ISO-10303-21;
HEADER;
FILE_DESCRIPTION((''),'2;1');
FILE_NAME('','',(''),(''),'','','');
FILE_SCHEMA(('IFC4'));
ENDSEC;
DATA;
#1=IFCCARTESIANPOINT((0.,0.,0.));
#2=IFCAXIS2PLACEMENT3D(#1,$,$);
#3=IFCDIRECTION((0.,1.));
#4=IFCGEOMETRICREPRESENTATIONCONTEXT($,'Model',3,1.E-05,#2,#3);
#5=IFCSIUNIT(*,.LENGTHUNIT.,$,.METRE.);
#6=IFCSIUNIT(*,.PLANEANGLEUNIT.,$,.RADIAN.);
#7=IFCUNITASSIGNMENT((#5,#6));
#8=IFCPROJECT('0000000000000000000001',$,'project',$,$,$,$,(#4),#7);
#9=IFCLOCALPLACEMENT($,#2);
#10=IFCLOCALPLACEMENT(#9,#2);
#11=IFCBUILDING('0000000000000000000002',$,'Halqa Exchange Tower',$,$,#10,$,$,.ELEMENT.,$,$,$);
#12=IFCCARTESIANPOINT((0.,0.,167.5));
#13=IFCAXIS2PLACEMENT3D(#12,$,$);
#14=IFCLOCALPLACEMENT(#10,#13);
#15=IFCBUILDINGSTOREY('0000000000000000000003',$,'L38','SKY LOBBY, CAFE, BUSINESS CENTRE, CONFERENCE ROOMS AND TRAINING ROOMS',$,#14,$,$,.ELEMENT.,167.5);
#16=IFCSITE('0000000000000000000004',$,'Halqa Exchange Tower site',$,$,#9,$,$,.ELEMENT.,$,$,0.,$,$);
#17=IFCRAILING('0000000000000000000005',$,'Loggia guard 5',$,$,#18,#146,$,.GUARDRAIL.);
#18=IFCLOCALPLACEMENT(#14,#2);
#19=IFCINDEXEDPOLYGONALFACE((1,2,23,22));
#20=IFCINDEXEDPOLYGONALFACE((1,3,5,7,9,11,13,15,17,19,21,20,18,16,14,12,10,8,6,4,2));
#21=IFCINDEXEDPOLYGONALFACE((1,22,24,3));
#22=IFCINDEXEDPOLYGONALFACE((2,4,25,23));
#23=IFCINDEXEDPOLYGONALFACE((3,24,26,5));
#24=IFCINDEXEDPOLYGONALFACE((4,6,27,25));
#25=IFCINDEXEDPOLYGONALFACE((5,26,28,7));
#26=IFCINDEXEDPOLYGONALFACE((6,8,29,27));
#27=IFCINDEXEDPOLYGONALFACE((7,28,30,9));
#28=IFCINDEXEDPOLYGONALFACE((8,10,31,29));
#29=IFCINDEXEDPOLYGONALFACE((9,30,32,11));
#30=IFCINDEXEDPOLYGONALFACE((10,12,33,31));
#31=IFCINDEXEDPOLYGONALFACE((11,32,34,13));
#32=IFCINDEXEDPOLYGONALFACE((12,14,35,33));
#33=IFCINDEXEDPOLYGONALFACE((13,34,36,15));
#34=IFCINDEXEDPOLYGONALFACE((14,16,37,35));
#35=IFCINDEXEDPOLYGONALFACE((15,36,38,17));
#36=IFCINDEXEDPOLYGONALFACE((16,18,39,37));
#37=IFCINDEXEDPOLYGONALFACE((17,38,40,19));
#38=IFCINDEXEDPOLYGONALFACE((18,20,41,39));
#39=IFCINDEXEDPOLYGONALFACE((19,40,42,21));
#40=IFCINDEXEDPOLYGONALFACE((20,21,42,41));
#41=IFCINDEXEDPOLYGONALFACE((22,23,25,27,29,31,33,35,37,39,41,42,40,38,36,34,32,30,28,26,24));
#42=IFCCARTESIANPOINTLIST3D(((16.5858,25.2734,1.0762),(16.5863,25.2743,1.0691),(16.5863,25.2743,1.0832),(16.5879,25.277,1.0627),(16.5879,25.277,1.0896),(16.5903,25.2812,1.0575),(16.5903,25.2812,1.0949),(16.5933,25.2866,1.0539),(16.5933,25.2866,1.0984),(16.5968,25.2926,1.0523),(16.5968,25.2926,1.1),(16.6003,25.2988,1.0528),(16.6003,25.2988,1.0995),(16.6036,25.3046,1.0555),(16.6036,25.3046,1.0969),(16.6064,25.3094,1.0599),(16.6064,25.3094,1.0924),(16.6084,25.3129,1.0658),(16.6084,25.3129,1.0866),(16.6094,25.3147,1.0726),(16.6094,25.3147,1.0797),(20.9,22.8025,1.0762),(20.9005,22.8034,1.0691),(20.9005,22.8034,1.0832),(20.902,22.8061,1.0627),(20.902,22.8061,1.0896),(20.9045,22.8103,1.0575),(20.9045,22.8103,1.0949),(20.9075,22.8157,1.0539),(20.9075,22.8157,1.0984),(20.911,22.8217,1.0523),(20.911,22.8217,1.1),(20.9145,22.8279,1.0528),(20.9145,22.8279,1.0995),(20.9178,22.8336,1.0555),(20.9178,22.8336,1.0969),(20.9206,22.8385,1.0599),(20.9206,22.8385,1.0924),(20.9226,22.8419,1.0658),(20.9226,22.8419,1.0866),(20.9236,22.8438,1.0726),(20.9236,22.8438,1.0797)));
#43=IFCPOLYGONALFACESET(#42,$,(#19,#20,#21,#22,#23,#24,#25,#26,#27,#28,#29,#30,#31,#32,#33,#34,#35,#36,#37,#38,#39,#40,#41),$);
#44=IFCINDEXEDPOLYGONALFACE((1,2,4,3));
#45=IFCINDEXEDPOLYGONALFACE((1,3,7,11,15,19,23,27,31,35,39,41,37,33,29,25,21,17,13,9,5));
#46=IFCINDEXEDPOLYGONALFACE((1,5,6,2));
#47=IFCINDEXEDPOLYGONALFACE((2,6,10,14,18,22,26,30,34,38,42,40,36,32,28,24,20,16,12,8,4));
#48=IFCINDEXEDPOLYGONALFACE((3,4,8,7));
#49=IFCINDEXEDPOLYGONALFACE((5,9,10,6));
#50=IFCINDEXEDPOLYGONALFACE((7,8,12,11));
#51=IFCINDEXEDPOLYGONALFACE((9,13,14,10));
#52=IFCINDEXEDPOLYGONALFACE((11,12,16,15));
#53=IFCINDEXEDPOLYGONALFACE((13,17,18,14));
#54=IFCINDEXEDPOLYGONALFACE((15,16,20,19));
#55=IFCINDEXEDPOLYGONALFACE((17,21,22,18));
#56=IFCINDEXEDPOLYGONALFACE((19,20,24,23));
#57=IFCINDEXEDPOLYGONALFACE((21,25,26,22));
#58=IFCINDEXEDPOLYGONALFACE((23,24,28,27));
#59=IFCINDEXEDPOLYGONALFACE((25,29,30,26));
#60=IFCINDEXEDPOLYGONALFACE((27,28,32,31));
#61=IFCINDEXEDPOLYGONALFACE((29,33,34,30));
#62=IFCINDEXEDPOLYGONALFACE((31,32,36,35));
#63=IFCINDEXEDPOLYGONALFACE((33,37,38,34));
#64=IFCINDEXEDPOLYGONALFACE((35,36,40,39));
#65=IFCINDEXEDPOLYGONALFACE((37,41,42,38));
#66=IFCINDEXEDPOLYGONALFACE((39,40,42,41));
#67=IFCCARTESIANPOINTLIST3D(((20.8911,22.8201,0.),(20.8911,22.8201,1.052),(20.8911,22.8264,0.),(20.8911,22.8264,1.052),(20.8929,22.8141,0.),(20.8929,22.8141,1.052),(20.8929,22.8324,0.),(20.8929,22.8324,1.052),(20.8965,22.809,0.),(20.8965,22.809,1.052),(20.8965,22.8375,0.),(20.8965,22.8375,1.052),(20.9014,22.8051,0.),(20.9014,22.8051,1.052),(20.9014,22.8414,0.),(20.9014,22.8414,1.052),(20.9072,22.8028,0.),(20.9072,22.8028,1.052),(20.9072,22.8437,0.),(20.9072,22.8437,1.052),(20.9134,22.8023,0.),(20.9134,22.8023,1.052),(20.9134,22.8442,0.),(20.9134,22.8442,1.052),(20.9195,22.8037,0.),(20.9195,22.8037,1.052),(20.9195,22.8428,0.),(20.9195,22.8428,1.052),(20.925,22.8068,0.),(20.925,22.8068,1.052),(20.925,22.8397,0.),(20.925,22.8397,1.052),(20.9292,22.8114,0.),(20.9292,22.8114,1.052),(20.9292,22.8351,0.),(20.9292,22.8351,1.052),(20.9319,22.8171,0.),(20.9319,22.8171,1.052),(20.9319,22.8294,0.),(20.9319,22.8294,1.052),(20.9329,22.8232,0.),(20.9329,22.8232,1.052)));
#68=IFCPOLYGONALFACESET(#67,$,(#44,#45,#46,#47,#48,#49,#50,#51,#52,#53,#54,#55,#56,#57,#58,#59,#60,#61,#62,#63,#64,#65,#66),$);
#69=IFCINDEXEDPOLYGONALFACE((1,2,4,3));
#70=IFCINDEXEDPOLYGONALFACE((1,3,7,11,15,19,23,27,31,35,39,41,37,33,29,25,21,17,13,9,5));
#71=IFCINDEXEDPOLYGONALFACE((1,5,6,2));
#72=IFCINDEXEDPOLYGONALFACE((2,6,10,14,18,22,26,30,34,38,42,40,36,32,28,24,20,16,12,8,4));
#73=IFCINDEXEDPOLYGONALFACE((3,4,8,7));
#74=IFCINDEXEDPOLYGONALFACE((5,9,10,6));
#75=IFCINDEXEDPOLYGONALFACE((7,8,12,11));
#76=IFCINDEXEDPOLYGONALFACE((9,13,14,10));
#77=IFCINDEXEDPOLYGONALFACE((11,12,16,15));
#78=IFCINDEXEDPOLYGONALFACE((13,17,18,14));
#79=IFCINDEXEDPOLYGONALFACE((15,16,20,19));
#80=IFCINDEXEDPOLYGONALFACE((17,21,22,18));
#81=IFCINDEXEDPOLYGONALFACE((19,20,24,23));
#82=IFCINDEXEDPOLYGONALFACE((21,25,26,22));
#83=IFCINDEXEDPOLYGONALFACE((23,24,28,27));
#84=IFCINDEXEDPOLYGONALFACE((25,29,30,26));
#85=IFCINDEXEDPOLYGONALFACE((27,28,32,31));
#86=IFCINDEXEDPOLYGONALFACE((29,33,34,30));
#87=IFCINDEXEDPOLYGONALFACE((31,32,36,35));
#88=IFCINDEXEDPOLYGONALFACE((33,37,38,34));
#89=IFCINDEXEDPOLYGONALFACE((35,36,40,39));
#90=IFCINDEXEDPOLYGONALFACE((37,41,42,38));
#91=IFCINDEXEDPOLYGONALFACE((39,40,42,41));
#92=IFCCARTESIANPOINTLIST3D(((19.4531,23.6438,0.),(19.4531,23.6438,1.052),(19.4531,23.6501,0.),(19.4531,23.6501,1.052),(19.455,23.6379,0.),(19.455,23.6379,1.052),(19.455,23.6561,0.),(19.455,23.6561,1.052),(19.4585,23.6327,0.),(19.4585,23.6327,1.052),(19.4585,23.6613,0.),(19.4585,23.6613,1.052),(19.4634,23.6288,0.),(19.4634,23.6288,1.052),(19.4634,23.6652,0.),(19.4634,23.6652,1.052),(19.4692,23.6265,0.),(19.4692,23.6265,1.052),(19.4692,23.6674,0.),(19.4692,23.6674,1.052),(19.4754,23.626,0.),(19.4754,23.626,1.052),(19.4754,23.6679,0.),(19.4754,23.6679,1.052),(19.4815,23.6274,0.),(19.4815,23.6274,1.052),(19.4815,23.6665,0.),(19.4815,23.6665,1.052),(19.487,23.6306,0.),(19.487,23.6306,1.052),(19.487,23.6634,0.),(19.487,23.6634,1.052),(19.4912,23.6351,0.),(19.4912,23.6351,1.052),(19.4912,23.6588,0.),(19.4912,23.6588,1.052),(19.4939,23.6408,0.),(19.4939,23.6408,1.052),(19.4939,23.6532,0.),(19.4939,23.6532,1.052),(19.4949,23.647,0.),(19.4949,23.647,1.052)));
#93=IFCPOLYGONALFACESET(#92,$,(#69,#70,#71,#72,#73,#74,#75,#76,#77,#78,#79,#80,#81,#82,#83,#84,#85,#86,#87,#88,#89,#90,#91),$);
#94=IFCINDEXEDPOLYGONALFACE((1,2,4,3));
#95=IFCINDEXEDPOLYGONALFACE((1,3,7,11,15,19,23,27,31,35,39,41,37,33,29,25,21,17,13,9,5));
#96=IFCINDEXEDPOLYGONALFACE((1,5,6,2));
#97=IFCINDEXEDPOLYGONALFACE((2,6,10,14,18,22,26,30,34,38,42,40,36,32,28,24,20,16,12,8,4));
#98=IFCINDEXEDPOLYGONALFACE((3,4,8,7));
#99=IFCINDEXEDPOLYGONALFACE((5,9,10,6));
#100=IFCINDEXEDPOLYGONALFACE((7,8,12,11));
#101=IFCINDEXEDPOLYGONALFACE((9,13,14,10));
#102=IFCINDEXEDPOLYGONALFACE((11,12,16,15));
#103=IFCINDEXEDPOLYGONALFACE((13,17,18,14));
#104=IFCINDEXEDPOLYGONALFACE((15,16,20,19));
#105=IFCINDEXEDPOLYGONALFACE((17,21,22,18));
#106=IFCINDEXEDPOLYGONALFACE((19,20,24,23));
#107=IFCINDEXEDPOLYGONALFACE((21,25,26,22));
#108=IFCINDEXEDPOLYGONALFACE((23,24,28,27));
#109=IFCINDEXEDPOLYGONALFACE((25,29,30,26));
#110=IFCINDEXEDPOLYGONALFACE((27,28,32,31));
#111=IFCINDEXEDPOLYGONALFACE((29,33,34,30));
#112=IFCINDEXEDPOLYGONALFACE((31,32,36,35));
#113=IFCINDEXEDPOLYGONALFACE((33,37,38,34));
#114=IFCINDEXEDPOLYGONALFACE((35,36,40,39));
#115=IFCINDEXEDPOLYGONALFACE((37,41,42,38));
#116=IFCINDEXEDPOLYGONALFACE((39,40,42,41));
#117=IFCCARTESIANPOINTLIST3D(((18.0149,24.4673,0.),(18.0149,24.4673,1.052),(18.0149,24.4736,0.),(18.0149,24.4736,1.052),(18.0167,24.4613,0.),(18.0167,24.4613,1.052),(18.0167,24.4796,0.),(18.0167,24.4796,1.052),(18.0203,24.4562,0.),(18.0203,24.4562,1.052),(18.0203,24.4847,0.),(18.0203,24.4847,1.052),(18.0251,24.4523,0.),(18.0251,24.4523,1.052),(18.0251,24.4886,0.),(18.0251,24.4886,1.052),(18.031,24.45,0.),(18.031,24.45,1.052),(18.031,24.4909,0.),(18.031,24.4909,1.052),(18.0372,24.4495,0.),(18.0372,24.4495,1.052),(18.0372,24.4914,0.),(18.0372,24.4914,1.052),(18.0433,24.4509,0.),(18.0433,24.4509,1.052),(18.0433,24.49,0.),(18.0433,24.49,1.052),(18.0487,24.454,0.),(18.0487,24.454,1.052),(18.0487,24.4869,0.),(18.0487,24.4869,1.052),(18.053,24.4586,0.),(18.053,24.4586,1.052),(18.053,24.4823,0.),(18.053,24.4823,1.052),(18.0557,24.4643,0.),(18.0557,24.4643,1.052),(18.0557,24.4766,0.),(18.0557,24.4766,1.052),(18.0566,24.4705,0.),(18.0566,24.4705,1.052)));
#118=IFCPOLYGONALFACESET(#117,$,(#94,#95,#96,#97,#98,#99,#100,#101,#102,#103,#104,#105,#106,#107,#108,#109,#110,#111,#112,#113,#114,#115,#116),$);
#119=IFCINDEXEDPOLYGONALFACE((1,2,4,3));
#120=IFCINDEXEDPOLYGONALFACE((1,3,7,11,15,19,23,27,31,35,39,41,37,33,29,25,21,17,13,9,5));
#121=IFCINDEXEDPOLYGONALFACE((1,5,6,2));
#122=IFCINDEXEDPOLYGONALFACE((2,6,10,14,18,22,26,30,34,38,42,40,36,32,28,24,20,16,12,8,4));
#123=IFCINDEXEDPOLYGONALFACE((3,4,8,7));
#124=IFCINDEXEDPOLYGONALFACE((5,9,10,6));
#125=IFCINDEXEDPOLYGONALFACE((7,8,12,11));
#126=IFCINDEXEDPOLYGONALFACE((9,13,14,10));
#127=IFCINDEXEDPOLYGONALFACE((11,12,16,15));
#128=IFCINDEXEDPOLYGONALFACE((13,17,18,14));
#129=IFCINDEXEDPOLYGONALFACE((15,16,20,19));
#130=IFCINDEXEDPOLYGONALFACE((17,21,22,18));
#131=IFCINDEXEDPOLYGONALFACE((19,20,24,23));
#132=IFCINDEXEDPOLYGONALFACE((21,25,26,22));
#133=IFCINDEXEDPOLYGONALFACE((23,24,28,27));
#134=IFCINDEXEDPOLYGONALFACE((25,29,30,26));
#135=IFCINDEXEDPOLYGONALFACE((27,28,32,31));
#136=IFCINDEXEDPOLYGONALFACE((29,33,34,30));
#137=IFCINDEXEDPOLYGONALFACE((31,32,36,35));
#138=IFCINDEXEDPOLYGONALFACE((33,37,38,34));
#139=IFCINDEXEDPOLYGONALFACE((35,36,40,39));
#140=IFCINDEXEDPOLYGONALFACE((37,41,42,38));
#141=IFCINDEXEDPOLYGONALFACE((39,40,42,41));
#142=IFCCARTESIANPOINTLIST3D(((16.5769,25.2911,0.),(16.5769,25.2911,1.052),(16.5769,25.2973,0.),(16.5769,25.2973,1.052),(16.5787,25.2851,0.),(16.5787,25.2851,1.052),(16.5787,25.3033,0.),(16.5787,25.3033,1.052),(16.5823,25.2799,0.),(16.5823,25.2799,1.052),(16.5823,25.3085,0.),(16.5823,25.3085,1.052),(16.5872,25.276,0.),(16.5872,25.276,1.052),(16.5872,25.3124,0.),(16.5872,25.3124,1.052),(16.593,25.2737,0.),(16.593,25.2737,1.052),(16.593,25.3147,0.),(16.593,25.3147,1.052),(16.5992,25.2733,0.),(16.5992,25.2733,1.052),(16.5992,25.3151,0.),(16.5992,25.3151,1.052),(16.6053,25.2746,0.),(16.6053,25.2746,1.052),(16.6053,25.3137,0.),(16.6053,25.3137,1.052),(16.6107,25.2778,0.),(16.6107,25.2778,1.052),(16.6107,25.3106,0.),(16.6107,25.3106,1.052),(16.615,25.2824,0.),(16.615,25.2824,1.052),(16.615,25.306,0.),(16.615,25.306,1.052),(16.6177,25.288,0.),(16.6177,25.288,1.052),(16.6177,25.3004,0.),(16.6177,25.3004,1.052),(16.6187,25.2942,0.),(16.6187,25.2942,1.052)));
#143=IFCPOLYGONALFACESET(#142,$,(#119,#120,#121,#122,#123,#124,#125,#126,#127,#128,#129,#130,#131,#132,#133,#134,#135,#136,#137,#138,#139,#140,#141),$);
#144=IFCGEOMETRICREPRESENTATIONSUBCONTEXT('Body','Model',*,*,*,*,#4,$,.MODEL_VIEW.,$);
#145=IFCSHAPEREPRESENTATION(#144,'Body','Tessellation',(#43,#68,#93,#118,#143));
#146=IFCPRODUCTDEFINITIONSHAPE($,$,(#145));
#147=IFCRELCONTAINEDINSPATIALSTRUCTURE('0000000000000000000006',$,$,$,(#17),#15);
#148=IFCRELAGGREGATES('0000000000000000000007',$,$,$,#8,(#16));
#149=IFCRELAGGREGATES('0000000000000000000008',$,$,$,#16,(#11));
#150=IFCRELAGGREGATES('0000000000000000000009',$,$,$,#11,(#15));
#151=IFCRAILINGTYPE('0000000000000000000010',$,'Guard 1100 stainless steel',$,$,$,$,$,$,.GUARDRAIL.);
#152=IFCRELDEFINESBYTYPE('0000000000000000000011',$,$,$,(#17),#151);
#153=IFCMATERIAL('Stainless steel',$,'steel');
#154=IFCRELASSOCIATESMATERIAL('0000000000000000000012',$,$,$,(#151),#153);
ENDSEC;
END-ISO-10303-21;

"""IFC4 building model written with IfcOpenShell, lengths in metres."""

from ifc_helpers import new_model, si_unit, direction, frame, origin, origin_2d, place, context, subcontext, project, spatial, circle, extrude, material, type_object, element, save


model = new_model("IFC4")

# Units and contexts
model_context = context("Model", 3, precision=1e-05, world=origin(), true_north=direction((0.0, 1.0)))
body_context = subcontext(model_context, "Body", "Model", "MODEL_VIEW")
ifc_project = project(units=[si_unit("LENGTHUNIT", "METRE"), si_unit("PLANEANGLEUNIT", "RADIAN")], contexts=[model_context])

# Site, building, storey
site_placement = place(None, origin())
site = spatial("IfcSite", under=ifc_project, at=site_placement, Name="Halqa Exchange Tower site", CompositionType="ELEMENT", RefElevation=0.0)
building_placement = place(site_placement, origin())
building = spatial("IfcBuilding", under=site, at=building_placement, Name="Halqa Exchange Tower", CompositionType="ELEMENT")
storey_placement = place(building_placement, frame((0.0, 0.0, 167.5)))
storey = spatial("IfcBuildingStorey", under=building, at=storey_placement, Name="L38", Description="SKY LOBBY, CAFE, BUSINESS CENTRE, CONFERENCE ROOMS AND TRAINING ROOMS", CompositionType="ELEMENT", Elevation=167.5)

# Railing
ifc_material_1 = material(Name="Stainless steel", Category="steel")
railing_type = type_object("IfcRailingType", Name="Guard 1100 stainless steel", PredefinedType="GUARDRAIL", material=ifc_material_1)
railing_placement = place(storey_placement, frame((20.9119, 22.8232, 0.0)))
element("IfcRailing", 1, at=railing_placement, inside=storey, type_object=railing_type, Name="Loggia guard 5", PredefinedType="GUARDRAIL", context=body_context, shape_type="SweptSolid", body=[
    extrude(circle(Radius=0.0239, at=origin_2d()), frame((0.0, 0.0, 1.0762), z_axis=(-0.86775, 0.497001, 0.0), x_axis=(-0.497001, -0.86775, 0.0)), (0.0, 0.0, 1.0), 4.9717),
    extrude(circle(Radius=0.021, at=origin_2d()), origin(), (0.0, 0.0, 1.0), 1.052),
    extrude(circle(Radius=0.021, at=origin_2d()), frame((-1.438, 0.8237, 0.0)), (0.0, 0.0, 1.0), 1.052),
    extrude(circle(Radius=0.021, at=origin_2d()), frame((-2.8762, 1.6472, 0.0)), (0.0, 0.0, 1.0), 1.052),
    extrude(circle(Radius=0.021, at=origin_2d()), frame((-4.3142, 2.4709, 0.0)), (0.0, 0.0, 1.0), 1.052),
])

save(model, "model.ifc")
